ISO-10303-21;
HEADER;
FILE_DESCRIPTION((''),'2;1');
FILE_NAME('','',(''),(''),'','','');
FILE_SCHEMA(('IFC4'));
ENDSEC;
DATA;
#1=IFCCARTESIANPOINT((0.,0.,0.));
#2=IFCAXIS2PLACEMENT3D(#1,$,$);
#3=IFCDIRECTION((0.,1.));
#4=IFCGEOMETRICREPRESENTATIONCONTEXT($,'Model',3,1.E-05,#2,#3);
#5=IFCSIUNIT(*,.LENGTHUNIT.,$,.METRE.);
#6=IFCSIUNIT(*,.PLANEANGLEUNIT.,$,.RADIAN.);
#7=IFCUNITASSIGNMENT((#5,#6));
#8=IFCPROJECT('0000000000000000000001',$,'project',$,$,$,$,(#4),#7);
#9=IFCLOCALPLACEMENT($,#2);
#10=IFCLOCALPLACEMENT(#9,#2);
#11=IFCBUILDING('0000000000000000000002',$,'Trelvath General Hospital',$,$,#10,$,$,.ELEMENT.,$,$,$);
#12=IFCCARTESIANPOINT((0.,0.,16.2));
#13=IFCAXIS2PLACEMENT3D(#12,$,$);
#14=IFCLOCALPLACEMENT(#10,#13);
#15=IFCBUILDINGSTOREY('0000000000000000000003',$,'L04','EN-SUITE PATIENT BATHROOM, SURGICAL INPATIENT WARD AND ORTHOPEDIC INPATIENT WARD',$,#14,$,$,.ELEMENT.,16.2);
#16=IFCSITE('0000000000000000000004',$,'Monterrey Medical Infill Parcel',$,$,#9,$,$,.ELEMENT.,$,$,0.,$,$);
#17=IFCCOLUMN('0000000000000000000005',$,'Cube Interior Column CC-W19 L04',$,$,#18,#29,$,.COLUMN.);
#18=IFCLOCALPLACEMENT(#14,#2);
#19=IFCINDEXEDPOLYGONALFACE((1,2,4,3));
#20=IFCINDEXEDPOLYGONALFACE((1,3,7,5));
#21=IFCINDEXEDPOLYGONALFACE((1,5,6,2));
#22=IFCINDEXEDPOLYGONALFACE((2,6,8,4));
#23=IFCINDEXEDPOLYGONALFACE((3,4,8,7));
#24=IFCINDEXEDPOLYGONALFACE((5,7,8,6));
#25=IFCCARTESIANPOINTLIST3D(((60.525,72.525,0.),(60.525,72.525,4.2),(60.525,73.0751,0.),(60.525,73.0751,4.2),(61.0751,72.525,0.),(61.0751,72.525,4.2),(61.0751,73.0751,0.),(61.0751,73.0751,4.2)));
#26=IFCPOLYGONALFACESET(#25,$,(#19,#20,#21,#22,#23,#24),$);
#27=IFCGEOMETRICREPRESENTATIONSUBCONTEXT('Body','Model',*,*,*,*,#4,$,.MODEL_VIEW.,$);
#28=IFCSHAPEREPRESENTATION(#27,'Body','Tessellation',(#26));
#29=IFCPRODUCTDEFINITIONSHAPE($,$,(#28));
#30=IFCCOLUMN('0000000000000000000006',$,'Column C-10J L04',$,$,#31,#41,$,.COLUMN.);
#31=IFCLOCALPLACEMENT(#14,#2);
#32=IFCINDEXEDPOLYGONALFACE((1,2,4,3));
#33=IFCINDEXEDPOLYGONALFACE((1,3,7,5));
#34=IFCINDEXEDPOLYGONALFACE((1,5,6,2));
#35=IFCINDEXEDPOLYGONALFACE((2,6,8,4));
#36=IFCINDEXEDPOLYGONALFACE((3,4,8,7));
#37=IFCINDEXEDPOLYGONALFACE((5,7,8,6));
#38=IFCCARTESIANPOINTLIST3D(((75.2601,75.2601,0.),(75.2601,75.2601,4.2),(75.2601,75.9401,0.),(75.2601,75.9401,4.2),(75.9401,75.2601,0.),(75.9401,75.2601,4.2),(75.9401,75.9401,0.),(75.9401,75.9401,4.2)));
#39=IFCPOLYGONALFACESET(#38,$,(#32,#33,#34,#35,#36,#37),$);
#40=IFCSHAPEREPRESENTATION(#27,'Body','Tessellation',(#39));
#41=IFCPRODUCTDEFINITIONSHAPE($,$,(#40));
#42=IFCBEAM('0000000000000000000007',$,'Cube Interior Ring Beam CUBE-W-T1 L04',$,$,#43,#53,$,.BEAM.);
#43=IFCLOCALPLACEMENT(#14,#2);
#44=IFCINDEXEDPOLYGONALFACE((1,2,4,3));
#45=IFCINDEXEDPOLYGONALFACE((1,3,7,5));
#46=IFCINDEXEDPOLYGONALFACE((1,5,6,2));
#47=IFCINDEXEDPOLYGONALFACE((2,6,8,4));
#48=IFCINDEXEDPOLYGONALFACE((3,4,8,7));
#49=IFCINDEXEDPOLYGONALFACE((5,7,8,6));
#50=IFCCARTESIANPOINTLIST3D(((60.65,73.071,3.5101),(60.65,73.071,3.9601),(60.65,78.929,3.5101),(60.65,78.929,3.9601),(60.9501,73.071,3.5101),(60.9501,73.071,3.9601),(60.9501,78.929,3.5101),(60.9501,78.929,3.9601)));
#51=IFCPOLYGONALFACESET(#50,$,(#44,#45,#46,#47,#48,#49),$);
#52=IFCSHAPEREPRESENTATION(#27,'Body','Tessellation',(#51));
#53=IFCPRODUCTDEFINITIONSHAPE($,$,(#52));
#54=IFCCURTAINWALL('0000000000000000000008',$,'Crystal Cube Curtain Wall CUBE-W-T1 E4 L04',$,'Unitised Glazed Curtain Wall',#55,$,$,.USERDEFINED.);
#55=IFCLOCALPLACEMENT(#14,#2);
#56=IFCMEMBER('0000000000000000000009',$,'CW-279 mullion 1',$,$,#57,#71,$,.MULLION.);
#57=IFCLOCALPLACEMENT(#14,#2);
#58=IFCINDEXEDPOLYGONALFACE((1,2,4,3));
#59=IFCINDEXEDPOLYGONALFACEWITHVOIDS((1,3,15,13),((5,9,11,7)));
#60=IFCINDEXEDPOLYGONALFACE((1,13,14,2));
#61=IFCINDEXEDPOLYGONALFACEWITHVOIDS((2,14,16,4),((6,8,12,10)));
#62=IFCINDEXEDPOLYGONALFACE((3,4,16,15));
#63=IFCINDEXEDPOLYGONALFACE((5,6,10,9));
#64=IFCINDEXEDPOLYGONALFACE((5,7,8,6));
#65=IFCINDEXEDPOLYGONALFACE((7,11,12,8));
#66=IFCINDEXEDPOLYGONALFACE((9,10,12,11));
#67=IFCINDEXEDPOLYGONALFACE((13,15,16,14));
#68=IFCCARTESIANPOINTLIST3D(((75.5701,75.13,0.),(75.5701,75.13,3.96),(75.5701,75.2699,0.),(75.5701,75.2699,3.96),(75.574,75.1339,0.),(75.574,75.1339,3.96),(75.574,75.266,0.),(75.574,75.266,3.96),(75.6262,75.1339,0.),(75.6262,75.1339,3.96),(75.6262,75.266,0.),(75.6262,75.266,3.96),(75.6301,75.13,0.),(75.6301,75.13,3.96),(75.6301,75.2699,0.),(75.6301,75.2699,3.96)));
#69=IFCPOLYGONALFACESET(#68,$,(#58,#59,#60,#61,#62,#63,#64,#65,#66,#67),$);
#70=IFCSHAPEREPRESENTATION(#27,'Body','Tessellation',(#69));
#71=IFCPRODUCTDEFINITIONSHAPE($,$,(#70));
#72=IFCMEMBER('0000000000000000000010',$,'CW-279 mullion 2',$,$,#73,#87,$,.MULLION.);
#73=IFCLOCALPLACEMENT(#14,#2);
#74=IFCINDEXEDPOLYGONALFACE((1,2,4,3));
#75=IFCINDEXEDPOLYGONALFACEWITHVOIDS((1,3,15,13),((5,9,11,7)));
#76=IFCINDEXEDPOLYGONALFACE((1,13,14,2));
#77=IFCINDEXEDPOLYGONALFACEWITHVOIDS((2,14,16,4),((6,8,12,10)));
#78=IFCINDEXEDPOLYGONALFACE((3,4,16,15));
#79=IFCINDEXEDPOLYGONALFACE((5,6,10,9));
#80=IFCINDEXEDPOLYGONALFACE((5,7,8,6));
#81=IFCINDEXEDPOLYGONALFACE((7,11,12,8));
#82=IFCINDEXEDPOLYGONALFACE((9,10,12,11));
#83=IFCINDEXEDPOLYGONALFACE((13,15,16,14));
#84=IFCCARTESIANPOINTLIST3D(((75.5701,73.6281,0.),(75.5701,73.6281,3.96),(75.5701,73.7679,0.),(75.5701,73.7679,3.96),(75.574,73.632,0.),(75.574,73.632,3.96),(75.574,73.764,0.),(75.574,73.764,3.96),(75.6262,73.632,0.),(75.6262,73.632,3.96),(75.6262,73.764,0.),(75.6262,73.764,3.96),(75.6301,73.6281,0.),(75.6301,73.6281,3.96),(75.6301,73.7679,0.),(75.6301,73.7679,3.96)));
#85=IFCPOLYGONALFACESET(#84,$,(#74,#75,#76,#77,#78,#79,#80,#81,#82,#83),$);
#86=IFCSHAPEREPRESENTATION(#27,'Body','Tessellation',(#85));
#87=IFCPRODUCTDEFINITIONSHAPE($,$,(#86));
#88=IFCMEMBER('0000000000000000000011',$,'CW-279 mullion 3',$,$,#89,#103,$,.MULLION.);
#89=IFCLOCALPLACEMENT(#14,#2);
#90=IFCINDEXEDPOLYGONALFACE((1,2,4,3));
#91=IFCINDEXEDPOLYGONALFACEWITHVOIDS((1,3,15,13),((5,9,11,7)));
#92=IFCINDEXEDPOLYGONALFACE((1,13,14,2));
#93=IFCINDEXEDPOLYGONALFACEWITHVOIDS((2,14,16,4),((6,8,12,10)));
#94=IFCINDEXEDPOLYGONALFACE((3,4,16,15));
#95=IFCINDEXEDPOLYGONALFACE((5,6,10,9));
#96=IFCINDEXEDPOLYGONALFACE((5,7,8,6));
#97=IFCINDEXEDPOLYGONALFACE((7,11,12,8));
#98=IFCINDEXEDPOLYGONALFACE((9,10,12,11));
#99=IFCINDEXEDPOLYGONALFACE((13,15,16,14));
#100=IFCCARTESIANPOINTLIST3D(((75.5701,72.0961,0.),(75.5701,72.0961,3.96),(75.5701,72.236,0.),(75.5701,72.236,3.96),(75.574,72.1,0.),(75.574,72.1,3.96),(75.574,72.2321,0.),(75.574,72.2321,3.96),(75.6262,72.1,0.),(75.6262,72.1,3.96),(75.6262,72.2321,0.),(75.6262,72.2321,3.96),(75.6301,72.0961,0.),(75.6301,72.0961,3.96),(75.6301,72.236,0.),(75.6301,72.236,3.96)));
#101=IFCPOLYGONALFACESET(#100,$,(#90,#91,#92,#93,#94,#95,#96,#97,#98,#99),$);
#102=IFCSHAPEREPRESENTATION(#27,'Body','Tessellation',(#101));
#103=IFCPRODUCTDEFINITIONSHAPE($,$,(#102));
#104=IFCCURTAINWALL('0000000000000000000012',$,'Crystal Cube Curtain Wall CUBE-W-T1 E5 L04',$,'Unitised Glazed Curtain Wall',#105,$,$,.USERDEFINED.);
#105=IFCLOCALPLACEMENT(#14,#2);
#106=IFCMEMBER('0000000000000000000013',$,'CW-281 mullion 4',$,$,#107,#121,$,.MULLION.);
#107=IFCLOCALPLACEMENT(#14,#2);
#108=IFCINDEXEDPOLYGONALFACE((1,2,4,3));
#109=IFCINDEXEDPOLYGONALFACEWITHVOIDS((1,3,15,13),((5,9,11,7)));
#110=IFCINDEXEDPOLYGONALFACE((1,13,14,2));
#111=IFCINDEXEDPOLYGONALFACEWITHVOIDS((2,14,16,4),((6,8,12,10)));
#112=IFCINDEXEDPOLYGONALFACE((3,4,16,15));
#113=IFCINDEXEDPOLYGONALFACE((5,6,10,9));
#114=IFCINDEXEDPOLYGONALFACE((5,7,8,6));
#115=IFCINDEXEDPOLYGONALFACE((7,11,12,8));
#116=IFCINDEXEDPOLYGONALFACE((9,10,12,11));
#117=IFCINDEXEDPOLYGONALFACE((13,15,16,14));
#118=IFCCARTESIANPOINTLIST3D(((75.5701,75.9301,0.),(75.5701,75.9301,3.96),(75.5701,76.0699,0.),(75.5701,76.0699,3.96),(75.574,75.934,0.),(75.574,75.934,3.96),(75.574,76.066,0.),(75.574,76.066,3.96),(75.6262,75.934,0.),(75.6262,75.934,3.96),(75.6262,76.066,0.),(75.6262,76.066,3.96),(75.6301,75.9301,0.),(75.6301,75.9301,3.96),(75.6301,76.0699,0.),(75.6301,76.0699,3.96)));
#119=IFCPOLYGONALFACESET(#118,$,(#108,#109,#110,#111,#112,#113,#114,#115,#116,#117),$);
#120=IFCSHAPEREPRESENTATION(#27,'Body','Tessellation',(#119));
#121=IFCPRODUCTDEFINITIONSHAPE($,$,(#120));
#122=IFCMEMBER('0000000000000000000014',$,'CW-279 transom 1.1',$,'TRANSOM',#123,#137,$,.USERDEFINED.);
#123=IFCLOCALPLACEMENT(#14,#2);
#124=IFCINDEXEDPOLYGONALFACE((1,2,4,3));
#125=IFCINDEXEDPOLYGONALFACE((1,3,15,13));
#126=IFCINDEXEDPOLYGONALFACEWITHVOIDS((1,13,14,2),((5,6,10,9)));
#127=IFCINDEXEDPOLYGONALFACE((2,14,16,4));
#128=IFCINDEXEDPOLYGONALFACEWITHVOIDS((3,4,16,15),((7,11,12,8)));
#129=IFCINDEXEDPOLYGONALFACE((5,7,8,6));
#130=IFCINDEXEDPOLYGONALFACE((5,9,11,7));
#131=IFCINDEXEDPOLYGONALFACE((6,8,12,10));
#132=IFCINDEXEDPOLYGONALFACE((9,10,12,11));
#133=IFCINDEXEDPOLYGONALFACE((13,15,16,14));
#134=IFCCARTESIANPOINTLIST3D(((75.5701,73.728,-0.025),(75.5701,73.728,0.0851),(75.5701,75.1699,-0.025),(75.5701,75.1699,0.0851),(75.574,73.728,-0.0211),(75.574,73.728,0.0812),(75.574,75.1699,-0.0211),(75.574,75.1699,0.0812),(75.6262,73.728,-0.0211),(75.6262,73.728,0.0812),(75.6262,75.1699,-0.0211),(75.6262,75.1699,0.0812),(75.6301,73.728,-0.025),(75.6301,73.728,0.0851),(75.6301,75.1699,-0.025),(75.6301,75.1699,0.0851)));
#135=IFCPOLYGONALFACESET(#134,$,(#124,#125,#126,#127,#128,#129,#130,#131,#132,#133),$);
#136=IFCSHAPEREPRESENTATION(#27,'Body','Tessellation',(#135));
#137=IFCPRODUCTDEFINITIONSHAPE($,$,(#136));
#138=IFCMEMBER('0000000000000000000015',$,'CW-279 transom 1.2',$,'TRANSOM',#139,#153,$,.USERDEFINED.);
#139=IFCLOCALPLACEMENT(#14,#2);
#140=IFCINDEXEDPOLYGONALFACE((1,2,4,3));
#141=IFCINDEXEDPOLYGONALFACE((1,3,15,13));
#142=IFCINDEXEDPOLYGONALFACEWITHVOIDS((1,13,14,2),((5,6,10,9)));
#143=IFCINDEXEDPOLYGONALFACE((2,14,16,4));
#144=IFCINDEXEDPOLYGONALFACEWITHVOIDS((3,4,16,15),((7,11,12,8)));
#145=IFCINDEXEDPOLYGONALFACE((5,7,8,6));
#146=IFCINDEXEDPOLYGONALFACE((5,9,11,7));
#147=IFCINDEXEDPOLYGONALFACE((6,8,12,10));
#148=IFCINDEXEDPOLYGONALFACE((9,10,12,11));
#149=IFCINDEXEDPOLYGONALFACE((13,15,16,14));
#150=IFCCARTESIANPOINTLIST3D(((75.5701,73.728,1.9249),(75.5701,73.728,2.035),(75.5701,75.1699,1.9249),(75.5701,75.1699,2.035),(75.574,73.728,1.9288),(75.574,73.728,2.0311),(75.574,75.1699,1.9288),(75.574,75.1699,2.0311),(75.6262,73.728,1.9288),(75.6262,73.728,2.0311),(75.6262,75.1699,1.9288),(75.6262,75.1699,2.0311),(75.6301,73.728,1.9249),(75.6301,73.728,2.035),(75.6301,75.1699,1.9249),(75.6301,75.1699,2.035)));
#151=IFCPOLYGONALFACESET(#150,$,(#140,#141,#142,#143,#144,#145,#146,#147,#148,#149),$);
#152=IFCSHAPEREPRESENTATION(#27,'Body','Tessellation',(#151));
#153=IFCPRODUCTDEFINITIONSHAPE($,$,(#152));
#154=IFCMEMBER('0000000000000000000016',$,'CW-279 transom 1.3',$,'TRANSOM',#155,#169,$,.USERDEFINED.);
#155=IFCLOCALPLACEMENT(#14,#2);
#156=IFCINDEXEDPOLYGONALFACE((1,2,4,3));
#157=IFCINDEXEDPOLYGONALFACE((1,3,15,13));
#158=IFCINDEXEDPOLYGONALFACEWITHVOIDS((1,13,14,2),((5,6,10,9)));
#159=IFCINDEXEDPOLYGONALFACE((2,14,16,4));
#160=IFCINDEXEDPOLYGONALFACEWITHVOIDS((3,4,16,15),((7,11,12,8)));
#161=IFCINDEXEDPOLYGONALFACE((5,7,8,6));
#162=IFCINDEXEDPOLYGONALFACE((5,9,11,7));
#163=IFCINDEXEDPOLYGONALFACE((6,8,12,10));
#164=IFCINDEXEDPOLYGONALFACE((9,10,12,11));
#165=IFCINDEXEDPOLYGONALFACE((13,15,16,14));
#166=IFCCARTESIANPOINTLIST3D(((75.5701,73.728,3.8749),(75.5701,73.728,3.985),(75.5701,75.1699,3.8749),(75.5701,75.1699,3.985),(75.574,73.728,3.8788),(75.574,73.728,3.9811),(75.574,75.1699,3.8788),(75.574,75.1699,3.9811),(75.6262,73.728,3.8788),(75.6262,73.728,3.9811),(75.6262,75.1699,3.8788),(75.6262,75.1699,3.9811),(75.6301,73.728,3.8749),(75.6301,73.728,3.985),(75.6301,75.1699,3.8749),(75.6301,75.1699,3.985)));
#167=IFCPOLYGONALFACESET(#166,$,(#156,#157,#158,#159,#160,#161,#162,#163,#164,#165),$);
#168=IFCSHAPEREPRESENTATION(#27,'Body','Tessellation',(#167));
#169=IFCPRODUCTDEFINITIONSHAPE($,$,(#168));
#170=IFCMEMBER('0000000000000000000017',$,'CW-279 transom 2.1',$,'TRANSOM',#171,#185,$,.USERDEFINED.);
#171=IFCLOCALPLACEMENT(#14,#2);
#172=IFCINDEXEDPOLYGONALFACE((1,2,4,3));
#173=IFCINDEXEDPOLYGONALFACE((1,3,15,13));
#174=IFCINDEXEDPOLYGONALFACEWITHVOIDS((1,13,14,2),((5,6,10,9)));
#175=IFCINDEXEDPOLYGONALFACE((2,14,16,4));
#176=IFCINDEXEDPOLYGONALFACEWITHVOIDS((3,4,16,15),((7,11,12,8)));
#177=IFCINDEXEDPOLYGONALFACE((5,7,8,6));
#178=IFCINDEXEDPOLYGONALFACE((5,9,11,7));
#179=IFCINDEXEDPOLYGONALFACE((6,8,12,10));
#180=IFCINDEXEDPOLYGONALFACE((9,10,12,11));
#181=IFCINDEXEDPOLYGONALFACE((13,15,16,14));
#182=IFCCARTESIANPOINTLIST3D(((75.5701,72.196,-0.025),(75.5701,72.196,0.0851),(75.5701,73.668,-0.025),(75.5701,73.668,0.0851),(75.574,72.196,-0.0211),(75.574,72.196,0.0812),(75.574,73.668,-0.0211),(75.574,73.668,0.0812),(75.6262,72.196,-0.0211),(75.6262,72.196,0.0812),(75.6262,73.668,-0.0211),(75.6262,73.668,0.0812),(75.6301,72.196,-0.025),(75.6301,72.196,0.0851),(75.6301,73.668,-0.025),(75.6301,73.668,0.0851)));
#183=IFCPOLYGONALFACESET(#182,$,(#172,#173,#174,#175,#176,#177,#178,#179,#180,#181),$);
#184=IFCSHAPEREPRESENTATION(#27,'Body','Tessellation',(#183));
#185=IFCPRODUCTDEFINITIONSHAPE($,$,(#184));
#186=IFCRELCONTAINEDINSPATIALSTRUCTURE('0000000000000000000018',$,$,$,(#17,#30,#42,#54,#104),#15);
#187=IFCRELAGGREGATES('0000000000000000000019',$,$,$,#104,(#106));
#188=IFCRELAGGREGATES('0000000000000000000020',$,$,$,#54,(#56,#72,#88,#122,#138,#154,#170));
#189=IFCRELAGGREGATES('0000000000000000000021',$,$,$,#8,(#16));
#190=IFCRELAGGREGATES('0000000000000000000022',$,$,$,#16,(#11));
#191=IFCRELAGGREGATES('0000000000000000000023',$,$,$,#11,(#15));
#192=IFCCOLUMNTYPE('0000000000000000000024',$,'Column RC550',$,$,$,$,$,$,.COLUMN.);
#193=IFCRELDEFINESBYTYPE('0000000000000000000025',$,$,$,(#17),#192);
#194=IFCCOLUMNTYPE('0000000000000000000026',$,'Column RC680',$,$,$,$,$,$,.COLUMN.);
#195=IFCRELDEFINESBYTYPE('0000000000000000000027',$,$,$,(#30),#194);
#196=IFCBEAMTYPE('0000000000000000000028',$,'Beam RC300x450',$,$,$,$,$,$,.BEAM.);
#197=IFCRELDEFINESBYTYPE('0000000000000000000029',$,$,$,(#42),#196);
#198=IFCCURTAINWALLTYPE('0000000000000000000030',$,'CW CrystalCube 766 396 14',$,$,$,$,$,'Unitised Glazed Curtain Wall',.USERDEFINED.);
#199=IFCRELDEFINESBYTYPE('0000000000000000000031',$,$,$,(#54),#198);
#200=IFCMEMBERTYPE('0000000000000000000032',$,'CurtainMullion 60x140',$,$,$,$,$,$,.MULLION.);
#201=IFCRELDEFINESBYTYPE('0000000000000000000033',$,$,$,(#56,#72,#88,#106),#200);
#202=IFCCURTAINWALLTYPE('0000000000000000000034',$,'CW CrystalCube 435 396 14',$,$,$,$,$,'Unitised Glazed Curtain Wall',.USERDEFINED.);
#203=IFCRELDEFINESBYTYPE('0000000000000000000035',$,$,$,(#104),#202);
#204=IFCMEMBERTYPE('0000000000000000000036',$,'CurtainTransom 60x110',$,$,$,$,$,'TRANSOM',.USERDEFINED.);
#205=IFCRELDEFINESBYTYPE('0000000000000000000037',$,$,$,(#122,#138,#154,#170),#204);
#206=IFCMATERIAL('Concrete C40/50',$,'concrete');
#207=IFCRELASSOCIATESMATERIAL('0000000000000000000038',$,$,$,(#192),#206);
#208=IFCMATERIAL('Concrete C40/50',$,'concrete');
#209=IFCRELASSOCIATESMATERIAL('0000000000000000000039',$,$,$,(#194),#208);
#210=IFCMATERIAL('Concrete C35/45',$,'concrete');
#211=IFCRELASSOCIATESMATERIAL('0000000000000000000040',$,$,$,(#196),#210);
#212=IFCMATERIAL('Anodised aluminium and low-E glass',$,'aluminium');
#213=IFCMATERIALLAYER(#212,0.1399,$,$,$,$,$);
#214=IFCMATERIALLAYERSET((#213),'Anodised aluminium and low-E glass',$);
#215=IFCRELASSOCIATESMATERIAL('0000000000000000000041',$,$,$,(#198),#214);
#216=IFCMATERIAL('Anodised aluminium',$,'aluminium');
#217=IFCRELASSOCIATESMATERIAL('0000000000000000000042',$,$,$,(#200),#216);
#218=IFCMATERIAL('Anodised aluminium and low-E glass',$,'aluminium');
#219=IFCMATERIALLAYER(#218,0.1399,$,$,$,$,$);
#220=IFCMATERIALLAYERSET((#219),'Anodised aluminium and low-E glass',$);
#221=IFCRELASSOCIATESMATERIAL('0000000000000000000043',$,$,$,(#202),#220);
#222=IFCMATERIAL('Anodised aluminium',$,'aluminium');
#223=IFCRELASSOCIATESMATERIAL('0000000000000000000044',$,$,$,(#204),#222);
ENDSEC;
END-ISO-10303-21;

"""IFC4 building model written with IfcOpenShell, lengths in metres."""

from ifc_helpers import new_model, si_unit, direction, frame, origin, origin_2d, place, context, subcontext, project, spatial, rectangle, hollow_rectangle, extrude, material, layer, layer_set, material_profile, profile_set, type_object, element, aggregate, save


model = new_model("IFC4")

# Units and contexts
model_context = context("Model", 3, precision=1e-05, world=origin(), true_north=direction((0.0, 1.0)))
body_context = subcontext(model_context, "Body", "Model", "MODEL_VIEW")
ifc_project = project(units=[si_unit("LENGTHUNIT", "METRE"), si_unit("PLANEANGLEUNIT", "RADIAN")], contexts=[model_context])

# Site, building, storey
site_placement = place(None, origin())
site = spatial("IfcSite", under=ifc_project, at=site_placement, Name="Monterrey Medical Infill Parcel", CompositionType="ELEMENT", RefElevation=0.0)
building_placement = place(site_placement, origin())
building = spatial("IfcBuilding", under=site, at=building_placement, Name="Trelvath General Hospital", CompositionType="ELEMENT")
storey_placement = place(building_placement, frame((0.0, 0.0, 16.2)))
storey = spatial("IfcBuildingStorey", under=building, at=storey_placement, Name="L04", Description="EN-SUITE PATIENT BATHROOM, SURGICAL INPATIENT WARD AND ORTHOPEDIC INPATIENT WARD", CompositionType="ELEMENT", Elevation=16.2)

# Columns
ifc_material_1 = material(Name="Concrete C40/50", Category="concrete")
ifc_material_profile_1 = material_profile(ifc_material_1, rectangle(XDim=0.55, YDim=0.55, at=origin_2d()), Name="RC550x550")
ifc_profile_set_1 = profile_set([ifc_material_profile_1], Name="Concrete C40/50")
column_type_1 = type_object("IfcColumnType", Name="Column RC550", PredefinedType="COLUMN", material=ifc_profile_set_1)
column_1_placement = place(storey_placement, frame((60.8, 72.8, 0.0), z_axis=(0.0, 0.0, 1.0), x_axis=(1.0, 0.0, 0.0)))
element("IfcColumn", 1, at=column_1_placement, inside=storey, type_object=column_type_1, Name="Cube Interior Column CC-W19 L04", PredefinedType="COLUMN", context=body_context, shape_type="SweptSolid", body=[
    extrude(rectangle(XDim=0.55, YDim=0.55, at=origin_2d()), origin(), (0.0, 0.0, 1.0), 4.2),
])
ifc_material_2 = material(Name="Concrete C40/50", Category="concrete")
ifc_material_profile_2 = material_profile(ifc_material_2, rectangle(XDim=0.6799, YDim=0.6799, at=origin_2d()), Name="RC680x680")
ifc_profile_set_2 = profile_set([ifc_material_profile_2], Name="Concrete C40/50")
column_type_2 = type_object("IfcColumnType", Name="Column RC680", PredefinedType="COLUMN", material=ifc_profile_set_2)
column_2_placement = place(storey_placement, frame((75.6001, 75.6001, 0.0), z_axis=(0.0, 0.0, 1.0), x_axis=(1.0, 0.0, 0.0)))
element("IfcColumn", 2, at=column_2_placement, inside=storey, type_object=column_type_2, Name="Column C-10J L04", PredefinedType="COLUMN", context=body_context, shape_type="SweptSolid", body=[
    extrude(rectangle(XDim=0.6799, YDim=0.6799, at=origin_2d()), origin(), (0.0, 0.0, 1.0), 4.2),
])

# Beam
ifc_material_3 = material(Name="Concrete C35/45", Category="concrete")
ifc_material_profile_3 = material_profile(ifc_material_3, rectangle(XDim=0.3, YDim=0.45, at=origin_2d()), Name="RCB300x450")
ifc_profile_set_3 = profile_set([ifc_material_profile_3], Name="Concrete C35/45")
beam_type = type_object("IfcBeamType", Name="Beam RC300x450", PredefinedType="BEAM", material=ifc_profile_set_3)
beam_placement = place(storey_placement, frame((60.8, 73.071, 3.7351), z_axis=(0.0, 1.0, 0.0), x_axis=(-1.0, 0.0, 0.0)))
element("IfcBeam", 3, at=beam_placement, inside=storey, type_object=beam_type, Name="Cube Interior Ring Beam CUBE-W-T1 L04", PredefinedType="BEAM", context=body_context, shape_type="SweptSolid", body=[
    extrude(rectangle(XDim=0.3, YDim=0.45, at=origin_2d()), origin(), (0.0, 0.0, 1.0), 5.8579),
])

# Curtain wall, members
ifc_material_4 = material(Name="Anodised aluminium and low-E glass", Category="aluminium")
ifc_layer_1 = layer(ifc_material_4, 0.1399)
ifc_layer_set_1 = layer_set([ifc_layer_1], Name="Anodised aluminium and low-E glass")
curtain_wall_type_1 = type_object("IfcCurtainWallType", Name="CW CrystalCube 766 396 14", ElementType="Unitised Glazed Curtain Wall", PredefinedType="USERDEFINED", material=ifc_layer_set_1)
curtain_wall_1_placement = place(storey_placement, origin())
curtain_wall_1 = element("IfcCurtainWall", 4, at=curtain_wall_1_placement, inside=storey, type_object=curtain_wall_type_1, Name="Crystal Cube Curtain Wall CUBE-W-T1 E4 L04", ObjectType="Unitised Glazed Curtain Wall", PredefinedType="USERDEFINED")
ifc_material_5 = material(Name="Anodised aluminium", Category="aluminium")
ifc_material_profile_4 = material_profile(ifc_material_5, hollow_rectangle(XDim=0.0601, YDim=0.1399, WallThickness=0.0039, at=origin_2d()), Name="RHS60x140x4")
ifc_profile_set_4 = profile_set([ifc_material_profile_4], Name="Anodised aluminium")
member_type_1 = type_object("IfcMemberType", Name="CurtainMullion 60x140", PredefinedType="MULLION", material=ifc_profile_set_4)
member_1_placement = place(storey_placement, frame((75.6001, 75.2, 0.0), z_axis=(0.0, 0.0, 1.0), x_axis=(1.0, 0.0, 0.0)))
member_1 = element("IfcMember", 5, at=member_1_placement, type_object=member_type_1, Name="CW-279 mullion 1", PredefinedType="MULLION", context=body_context, shape_type="SweptSolid", body=[
    extrude(hollow_rectangle(XDim=0.0601, YDim=0.1399, WallThickness=0.0039, at=origin_2d()), origin(), (0.0, 0.0, 1.0), 3.96),
])
member_2_placement = place(storey_placement, frame((75.6001, 73.698, 0.0), z_axis=(0.0, 0.0, 1.0), x_axis=(1.0, 0.0, 0.0)))
member_2 = element("IfcMember", 6, at=member_2_placement, type_object=member_type_1, Name="CW-279 mullion 2", PredefinedType="MULLION", context=body_context, shape_type="SweptSolid", body=[
    extrude(hollow_rectangle(XDim=0.0601, YDim=0.1399, WallThickness=0.0039, at=origin_2d()), origin(), (0.0, 0.0, 1.0), 3.96),
])
member_3_placement = place(storey_placement, frame((75.6001, 72.166, 0.0), z_axis=(0.0, 0.0, 1.0), x_axis=(1.0, 0.0, 0.0)))
member_3 = element("IfcMember", 7, at=member_3_placement, type_object=member_type_1, Name="CW-279 mullion 3", PredefinedType="MULLION", context=body_context, shape_type="SweptSolid", body=[
    extrude(hollow_rectangle(XDim=0.0601, YDim=0.1399, WallThickness=0.0039, at=origin_2d()), origin(), (0.0, 0.0, 1.0), 3.96),
])

# Curtain wall, member
ifc_material_6 = material(Name="Anodised aluminium and low-E glass", Category="aluminium")
ifc_layer_2 = layer(ifc_material_6, 0.1399)
ifc_layer_set_2 = layer_set([ifc_layer_2], Name="Anodised aluminium and low-E glass")
curtain_wall_type_2 = type_object("IfcCurtainWallType", Name="CW CrystalCube 435 396 14", ElementType="Unitised Glazed Curtain Wall", PredefinedType="USERDEFINED", material=ifc_layer_set_2)
curtain_wall_2_placement = place(storey_placement, origin())
curtain_wall_2 = element("IfcCurtainWall", 8, at=curtain_wall_2_placement, inside=storey, type_object=curtain_wall_type_2, Name="Crystal Cube Curtain Wall CUBE-W-T1 E5 L04", ObjectType="Unitised Glazed Curtain Wall", PredefinedType="USERDEFINED")
member_4_placement = place(storey_placement, frame((75.6001, 76.0, 0.0), z_axis=(0.0, 0.0, 1.0), x_axis=(1.0, 0.0, 0.0)))
member_4 = element("IfcMember", 9, at=member_4_placement, type_object=member_type_1, Name="CW-281 mullion 4", PredefinedType="MULLION", context=body_context, shape_type="SweptSolid", body=[
    extrude(hollow_rectangle(XDim=0.0601, YDim=0.1399, WallThickness=0.0039, at=origin_2d()), origin(), (0.0, 0.0, 1.0), 3.96),
])
aggregate(curtain_wall_2, [member_4])

# Members
ifc_material_7 = material(Name="Anodised aluminium", Category="aluminium")
ifc_material_profile_5 = material_profile(ifc_material_7, hollow_rectangle(XDim=0.0601, YDim=0.1101, WallThickness=0.0039, at=origin_2d()), Name="RHS60x110x4")
ifc_profile_set_5 = profile_set([ifc_material_profile_5], Name="Anodised aluminium")
member_type_2 = type_object("IfcMemberType", Name="CurtainTransom 60x110", ElementType="TRANSOM", PredefinedType="USERDEFINED", material=ifc_profile_set_5)
member_5_placement = place(storey_placement, frame((75.6001, 75.1699, 0.03), z_axis=(0.0, -1.0, 0.0), x_axis=(1.0, 0.0, 0.0)))
member_5 = element("IfcMember", 10, at=member_5_placement, type_object=member_type_2, Name="CW-279 transom 1.1", ObjectType="TRANSOM", PredefinedType="USERDEFINED", context=body_context, shape_type="SweptSolid", body=[
    extrude(hollow_rectangle(XDim=0.0601, YDim=0.1101, WallThickness=0.0039, at=origin_2d()), origin(), (0.0, 0.0, 1.0), 1.4419),
])
member_6_placement = place(storey_placement, frame((75.6001, 75.1699, 1.98), z_axis=(0.0, -1.0, 0.0), x_axis=(1.0, 0.0, 0.0)))
member_6 = element("IfcMember", 11, at=member_6_placement, type_object=member_type_2, Name="CW-279 transom 1.2", ObjectType="TRANSOM", PredefinedType="USERDEFINED", context=body_context, shape_type="SweptSolid", body=[
    extrude(hollow_rectangle(XDim=0.0601, YDim=0.1101, WallThickness=0.0039, at=origin_2d()), origin(), (0.0, 0.0, 1.0), 1.4419),
])
member_7_placement = place(storey_placement, frame((75.6001, 75.1699, 3.9299), z_axis=(0.0, -1.0, 0.0), x_axis=(1.0, 0.0, 0.0)))
member_7 = element("IfcMember", 12, at=member_7_placement, type_object=member_type_2, Name="CW-279 transom 1.3", ObjectType="TRANSOM", PredefinedType="USERDEFINED", context=body_context, shape_type="SweptSolid", body=[
    extrude(hollow_rectangle(XDim=0.0601, YDim=0.1101, WallThickness=0.0039, at=origin_2d()), origin(), (0.0, 0.0, 1.0), 1.4419),
])
member_8_placement = place(storey_placement, frame((75.6001, 73.668, 0.03), z_axis=(0.0, -1.0, 0.0), x_axis=(1.0, 0.0, 0.0)))
member_8 = element("IfcMember", 13, at=member_8_placement, type_object=member_type_2, Name="CW-279 transom 2.1", ObjectType="TRANSOM", PredefinedType="USERDEFINED", context=body_context, shape_type="SweptSolid", body=[
    extrude(hollow_rectangle(XDim=0.0601, YDim=0.1101, WallThickness=0.0039, at=origin_2d()), origin(), (0.0, 0.0, 1.0), 1.4719),
])

aggregate(curtain_wall_1, [member_1, member_2, member_3, member_5, member_6, member_7, member_8])

save(model, "model.ifc")
